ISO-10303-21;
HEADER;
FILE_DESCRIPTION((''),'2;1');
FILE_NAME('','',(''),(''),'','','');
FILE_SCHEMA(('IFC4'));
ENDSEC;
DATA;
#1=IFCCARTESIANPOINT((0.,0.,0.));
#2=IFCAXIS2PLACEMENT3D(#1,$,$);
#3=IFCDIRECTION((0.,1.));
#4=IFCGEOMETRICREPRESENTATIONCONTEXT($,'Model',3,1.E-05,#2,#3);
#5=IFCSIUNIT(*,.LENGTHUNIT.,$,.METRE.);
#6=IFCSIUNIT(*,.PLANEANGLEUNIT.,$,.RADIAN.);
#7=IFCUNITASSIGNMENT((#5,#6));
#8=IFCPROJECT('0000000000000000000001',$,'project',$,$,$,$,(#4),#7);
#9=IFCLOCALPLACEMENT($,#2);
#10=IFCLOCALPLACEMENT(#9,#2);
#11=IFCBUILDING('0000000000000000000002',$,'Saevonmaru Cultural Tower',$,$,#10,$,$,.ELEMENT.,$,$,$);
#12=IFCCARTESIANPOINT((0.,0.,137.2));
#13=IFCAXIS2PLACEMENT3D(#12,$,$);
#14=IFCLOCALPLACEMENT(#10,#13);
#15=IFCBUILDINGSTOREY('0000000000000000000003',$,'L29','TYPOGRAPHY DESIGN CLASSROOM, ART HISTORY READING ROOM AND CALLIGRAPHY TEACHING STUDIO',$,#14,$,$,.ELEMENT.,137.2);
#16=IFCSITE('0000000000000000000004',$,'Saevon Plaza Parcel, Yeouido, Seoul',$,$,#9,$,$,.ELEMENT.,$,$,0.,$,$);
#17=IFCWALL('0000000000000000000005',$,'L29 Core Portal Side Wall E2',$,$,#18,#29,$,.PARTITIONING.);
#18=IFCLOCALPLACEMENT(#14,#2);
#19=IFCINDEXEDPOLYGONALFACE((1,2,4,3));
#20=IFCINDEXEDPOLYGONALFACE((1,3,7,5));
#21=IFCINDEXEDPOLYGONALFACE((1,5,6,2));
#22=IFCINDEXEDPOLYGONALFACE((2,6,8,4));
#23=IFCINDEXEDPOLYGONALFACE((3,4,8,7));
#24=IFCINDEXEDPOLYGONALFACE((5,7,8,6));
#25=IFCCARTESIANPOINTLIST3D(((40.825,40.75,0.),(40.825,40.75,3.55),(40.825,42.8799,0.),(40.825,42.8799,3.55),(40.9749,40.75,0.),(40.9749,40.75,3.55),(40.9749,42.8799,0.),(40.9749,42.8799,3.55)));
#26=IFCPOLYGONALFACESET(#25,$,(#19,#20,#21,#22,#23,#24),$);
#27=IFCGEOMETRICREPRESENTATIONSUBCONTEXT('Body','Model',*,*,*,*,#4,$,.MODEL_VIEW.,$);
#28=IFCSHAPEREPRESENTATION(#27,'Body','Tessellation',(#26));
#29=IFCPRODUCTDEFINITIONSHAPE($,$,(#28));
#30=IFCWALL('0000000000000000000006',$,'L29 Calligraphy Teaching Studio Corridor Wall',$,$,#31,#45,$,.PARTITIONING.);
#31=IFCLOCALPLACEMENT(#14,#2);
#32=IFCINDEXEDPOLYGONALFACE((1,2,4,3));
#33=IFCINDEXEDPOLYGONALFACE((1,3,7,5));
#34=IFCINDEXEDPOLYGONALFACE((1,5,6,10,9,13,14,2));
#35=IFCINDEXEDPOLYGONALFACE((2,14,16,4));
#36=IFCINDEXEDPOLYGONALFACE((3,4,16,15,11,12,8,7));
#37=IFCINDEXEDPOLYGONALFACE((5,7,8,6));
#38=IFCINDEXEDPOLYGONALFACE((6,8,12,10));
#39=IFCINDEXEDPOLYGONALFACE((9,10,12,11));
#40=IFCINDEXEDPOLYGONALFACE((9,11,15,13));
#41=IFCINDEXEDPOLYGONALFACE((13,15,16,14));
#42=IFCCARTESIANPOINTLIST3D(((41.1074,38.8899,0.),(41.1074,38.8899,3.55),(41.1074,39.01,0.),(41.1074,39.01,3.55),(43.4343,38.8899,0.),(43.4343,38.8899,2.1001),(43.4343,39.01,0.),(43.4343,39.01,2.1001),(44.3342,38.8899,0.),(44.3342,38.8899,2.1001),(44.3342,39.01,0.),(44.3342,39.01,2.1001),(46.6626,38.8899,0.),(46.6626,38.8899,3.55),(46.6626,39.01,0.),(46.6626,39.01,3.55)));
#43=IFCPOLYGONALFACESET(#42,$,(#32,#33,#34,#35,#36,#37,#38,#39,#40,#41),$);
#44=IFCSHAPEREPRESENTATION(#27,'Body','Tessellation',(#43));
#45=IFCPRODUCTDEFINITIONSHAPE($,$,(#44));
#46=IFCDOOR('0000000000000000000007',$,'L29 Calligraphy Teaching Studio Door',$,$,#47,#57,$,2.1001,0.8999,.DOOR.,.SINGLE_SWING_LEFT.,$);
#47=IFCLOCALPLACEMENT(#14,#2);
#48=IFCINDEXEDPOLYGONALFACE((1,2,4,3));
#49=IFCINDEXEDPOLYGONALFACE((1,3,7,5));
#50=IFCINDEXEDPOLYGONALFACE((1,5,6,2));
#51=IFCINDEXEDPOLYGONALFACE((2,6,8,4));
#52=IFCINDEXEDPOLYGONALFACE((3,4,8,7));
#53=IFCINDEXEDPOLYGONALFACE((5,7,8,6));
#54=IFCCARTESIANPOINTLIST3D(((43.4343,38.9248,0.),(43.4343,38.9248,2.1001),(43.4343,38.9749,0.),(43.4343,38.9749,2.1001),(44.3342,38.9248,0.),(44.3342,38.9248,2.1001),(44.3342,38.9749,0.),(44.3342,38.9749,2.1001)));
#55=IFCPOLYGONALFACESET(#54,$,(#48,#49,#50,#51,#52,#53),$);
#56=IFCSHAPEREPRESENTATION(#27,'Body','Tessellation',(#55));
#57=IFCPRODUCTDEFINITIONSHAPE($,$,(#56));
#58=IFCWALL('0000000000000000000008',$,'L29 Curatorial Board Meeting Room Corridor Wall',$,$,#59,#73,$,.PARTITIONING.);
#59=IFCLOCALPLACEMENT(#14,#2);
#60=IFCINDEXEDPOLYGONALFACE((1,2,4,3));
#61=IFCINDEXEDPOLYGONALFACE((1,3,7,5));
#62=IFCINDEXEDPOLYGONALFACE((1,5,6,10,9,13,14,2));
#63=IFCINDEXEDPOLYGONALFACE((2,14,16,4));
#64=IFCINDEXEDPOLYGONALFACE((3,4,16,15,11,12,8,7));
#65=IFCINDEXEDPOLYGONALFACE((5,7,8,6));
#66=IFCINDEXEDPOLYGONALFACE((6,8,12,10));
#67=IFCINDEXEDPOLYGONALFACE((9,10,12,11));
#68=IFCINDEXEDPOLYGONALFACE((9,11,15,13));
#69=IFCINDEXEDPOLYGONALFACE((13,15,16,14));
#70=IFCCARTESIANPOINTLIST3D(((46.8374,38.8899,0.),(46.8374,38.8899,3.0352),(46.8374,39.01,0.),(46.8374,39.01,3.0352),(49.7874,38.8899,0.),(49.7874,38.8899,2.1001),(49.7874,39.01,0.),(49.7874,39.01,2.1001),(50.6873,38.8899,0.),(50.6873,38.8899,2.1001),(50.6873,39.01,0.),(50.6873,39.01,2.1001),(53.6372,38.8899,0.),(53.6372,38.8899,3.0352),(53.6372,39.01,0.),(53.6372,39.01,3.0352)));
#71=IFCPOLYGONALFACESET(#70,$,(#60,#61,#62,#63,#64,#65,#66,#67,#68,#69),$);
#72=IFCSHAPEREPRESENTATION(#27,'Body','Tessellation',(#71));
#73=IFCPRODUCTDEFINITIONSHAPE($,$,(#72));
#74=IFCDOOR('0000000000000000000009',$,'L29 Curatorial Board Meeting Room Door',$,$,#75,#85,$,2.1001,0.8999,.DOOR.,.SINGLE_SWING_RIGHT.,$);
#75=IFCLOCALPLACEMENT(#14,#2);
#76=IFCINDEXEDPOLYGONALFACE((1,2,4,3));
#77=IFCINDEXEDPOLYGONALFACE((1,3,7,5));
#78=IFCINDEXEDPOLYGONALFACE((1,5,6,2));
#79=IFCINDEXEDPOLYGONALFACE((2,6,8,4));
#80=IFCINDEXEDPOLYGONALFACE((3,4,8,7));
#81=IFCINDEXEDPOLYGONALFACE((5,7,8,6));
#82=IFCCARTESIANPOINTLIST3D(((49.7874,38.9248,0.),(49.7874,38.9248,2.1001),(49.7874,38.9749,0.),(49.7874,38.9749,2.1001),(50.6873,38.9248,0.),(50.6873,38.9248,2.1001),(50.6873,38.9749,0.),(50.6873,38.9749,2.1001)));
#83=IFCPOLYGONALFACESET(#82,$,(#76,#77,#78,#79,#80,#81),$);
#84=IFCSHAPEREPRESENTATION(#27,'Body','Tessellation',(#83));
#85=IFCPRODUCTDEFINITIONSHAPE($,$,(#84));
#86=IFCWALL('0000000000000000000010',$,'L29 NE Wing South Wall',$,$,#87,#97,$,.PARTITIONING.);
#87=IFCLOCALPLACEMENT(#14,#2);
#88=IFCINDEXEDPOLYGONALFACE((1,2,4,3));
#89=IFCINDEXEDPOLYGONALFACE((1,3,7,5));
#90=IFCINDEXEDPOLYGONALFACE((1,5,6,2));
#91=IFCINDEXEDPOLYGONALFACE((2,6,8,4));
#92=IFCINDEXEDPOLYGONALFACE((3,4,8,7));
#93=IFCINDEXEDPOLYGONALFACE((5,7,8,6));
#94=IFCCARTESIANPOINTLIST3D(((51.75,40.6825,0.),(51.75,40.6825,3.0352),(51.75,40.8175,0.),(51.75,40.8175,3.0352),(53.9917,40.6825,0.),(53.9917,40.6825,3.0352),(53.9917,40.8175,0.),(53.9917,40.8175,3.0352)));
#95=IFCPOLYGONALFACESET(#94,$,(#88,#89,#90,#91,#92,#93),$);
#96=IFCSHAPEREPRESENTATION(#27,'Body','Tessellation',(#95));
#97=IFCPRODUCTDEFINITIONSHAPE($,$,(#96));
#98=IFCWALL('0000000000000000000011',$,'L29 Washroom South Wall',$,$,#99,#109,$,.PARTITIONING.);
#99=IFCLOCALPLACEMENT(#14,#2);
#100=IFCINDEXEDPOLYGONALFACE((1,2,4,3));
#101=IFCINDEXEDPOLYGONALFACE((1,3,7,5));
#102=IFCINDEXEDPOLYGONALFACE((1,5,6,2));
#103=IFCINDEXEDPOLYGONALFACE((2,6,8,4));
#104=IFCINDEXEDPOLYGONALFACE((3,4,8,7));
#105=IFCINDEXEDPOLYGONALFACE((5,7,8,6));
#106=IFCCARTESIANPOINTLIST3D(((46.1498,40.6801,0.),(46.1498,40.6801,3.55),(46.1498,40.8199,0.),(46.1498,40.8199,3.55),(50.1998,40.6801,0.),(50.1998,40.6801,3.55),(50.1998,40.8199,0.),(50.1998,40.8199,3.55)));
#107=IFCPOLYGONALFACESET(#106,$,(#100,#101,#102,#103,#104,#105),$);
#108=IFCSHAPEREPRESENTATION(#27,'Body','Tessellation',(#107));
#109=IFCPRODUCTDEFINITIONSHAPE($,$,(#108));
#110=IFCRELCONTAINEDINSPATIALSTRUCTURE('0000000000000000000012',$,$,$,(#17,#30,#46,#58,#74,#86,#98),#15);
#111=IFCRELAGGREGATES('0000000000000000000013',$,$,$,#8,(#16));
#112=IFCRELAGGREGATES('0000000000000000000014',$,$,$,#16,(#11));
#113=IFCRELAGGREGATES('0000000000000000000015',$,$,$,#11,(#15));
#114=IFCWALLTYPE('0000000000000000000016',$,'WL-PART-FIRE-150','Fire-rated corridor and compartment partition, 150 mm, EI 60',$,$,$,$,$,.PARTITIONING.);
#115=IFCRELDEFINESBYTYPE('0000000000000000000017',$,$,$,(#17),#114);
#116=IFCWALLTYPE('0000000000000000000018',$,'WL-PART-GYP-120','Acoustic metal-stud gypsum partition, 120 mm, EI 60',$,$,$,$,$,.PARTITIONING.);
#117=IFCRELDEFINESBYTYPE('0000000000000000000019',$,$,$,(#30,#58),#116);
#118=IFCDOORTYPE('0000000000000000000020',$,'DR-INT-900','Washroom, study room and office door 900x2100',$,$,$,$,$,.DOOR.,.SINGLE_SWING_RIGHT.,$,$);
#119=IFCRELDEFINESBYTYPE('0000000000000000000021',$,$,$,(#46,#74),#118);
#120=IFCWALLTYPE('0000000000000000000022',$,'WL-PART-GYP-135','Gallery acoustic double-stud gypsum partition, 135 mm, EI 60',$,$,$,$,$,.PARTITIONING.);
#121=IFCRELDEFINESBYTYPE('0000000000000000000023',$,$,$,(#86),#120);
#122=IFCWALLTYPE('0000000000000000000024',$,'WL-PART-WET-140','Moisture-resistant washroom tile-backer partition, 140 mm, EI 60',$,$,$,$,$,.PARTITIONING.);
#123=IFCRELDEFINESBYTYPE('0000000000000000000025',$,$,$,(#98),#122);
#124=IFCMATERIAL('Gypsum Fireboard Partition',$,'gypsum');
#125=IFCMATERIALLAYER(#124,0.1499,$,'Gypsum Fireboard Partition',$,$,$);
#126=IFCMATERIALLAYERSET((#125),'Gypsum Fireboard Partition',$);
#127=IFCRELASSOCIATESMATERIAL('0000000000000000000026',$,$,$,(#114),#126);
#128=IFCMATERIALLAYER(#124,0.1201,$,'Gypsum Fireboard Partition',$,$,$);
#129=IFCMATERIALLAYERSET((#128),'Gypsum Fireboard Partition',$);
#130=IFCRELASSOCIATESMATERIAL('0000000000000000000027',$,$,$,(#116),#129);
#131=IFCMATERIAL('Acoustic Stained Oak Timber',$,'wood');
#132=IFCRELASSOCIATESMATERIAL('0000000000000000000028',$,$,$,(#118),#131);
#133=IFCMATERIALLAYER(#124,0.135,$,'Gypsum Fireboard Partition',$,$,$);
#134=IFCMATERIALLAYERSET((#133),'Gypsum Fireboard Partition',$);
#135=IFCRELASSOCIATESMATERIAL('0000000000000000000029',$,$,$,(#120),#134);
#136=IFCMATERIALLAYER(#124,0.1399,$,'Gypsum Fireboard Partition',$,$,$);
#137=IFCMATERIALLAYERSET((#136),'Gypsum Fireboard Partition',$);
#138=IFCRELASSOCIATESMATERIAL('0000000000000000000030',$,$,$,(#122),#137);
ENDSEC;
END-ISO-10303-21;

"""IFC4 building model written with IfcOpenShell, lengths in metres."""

from ifc_helpers import new_model, si_unit, direction, frame, frame_2d, origin, place, context, subcontext, project, spatial, rectangle, extrude, material, layer, layer_set, type_object, element, fill, save


model = new_model("IFC4")

# Units and contexts
model_context = context("Model", 3, precision=1e-05, world=origin(), true_north=direction((0.0, 1.0)))
body_context = subcontext(model_context, "Body", "Model", "MODEL_VIEW")
ifc_project = project(units=[si_unit("LENGTHUNIT", "METRE"), si_unit("PLANEANGLEUNIT", "RADIAN")], contexts=[model_context])

# Site, building, storey
site_placement = place(None, origin())
site = spatial("IfcSite", under=ifc_project, at=site_placement, Name="Saevon Plaza Parcel, Yeouido, Seoul", CompositionType="ELEMENT", RefElevation=0.0)
building_placement = place(site_placement, origin())
building = spatial("IfcBuilding", under=site, at=building_placement, Name="Saevonmaru Cultural Tower", CompositionType="ELEMENT")
storey_placement = place(building_placement, frame((0.0, 0.0, 137.2)))
storey = spatial("IfcBuildingStorey", under=building, at=storey_placement, Name="L29", Description="TYPOGRAPHY DESIGN CLASSROOM, ART HISTORY READING ROOM AND CALLIGRAPHY TEACHING STUDIO", CompositionType="ELEMENT", Elevation=137.2)

# Wall
ifc_material_1 = material(Name="Gypsum Fireboard Partition", Category="gypsum")
ifc_layer_1 = layer(ifc_material_1, 0.1499, Name="Gypsum Fireboard Partition")
ifc_layer_set_1 = layer_set([ifc_layer_1], Name="Gypsum Fireboard Partition")
wall_type_1 = type_object("IfcWallType", Name="WL-PART-FIRE-150", Description="Fire-rated corridor and compartment partition, 150 mm, EI 60", PredefinedType="PARTITIONING", material=ifc_layer_set_1)
wall_1_placement = place(storey_placement, frame((40.8999, 40.75, 0.0), z_axis=(0.0, 0.0, 1.0), x_axis=(0.0, 1.0, 0.0)))
element("IfcWall", 1, at=wall_1_placement, inside=storey, type_object=wall_type_1, Name="L29 Core Portal Side Wall E2", PredefinedType="PARTITIONING", context=body_context, shape_type="SweptSolid", body=[
    extrude(rectangle(XDim=2.1299, YDim=0.1499, at=frame_2d((1.0649, 0.0))), origin(), (0.0, 0.0, 1.0), 3.55),
])

# Walls, openings, doors
ifc_layer_2 = layer(ifc_material_1, 0.1201, Name="Gypsum Fireboard Partition")
ifc_layer_set_2 = layer_set([ifc_layer_2], Name="Gypsum Fireboard Partition")
wall_type_2 = type_object("IfcWallType", Name="WL-PART-GYP-120", Description="Acoustic metal-stud gypsum partition, 120 mm, EI 60", PredefinedType="PARTITIONING", material=ifc_layer_set_2)
wall_2_placement = place(storey_placement, frame((41.1074, 38.95, 0.0), z_axis=(0.0, 0.0, 1.0), x_axis=(1.0, 0.0, 0.0)))
wall_2 = element("IfcWall", 2, at=wall_2_placement, inside=storey, type_object=wall_type_2, Name="L29 Calligraphy Teaching Studio Corridor Wall", PredefinedType="PARTITIONING", context=body_context, shape_type="SweptSolid", body=[
    extrude(rectangle(XDim=5.5552, YDim=0.1201, at=frame_2d((2.7776, 0.0))), origin(), (0.0, 0.0, 1.0), 3.55),
])
opening_1_placement = place(wall_2_placement, frame((2.3269, 0.0, 0.0)))
opening_1 = element("IfcOpeningElement", 3, at=opening_1_placement, cuts=wall_2, PredefinedType="OPENING", context=body_context, shape_type="SweptSolid", body=[
    extrude(rectangle(XDim=0.8999, YDim=2.1001, at=frame_2d((0.45, 1.05))), frame((0.0, 0.0701, 0.0), z_axis=(0.0, -1.0, 0.0), x_axis=(1.0, 0.0, 0.0)), (0.0, 0.0, 1.0), 0.1401),
])
ifc_material_2 = material(Name="Acoustic Stained Oak Timber", Category="wood")
door_type = type_object("IfcDoorType", Name="DR-INT-900", Description="Washroom, study room and office door 900x2100", OperationType="SINGLE_SWING_RIGHT", PredefinedType="DOOR", material=ifc_material_2)
door_1_placement = place(opening_1_placement, origin())
door_1 = element("IfcDoor", 4, at=door_1_placement, inside=storey, type_object=door_type, Name="L29 Calligraphy Teaching Studio Door", OperationType="SINGLE_SWING_LEFT", OverallHeight=2.1001, OverallWidth=0.8999, PredefinedType="DOOR", context=body_context, shape_type="SweptSolid", body=[
    extrude(rectangle(XDim=0.8999, YDim=2.1001, at=frame_2d((0.45, 1.05))), frame((0.0, 0.0249, 0.0), z_axis=(0.0, -1.0, 0.0), x_axis=(1.0, 0.0, 0.0)), (0.0, 0.0, 1.0), 0.05),
])
fill(opening_1, door_1)
wall_3_placement = place(storey_placement, frame((46.8374, 38.95, 0.0), z_axis=(0.0, 0.0, 1.0), x_axis=(1.0, 0.0, 0.0)))
wall_3 = element("IfcWall", 5, at=wall_3_placement, inside=storey, type_object=wall_type_2, Name="L29 Curatorial Board Meeting Room Corridor Wall", PredefinedType="PARTITIONING", context=body_context, shape_type="SweptSolid", body=[
    extrude(rectangle(XDim=6.7998, YDim=0.1201, at=frame_2d((3.3999, 0.0))), origin(), (0.0, 0.0, 1.0), 3.0352),
])
opening_2_placement = place(wall_3_placement, frame((2.95, 0.0, 0.0)))
opening_2 = element("IfcOpeningElement", 6, at=opening_2_placement, cuts=wall_3, PredefinedType="OPENING", context=body_context, shape_type="SweptSolid", body=[
    extrude(rectangle(XDim=0.8999, YDim=2.1001, at=frame_2d((0.45, 1.05))), frame((0.0, 0.0701, 0.0), z_axis=(0.0, -1.0, 0.0), x_axis=(1.0, 0.0, 0.0)), (0.0, 0.0, 1.0), 0.1401),
])
door_2_placement = place(opening_2_placement, origin())
door_2 = element("IfcDoor", 7, at=door_2_placement, inside=storey, type_object=door_type, Name="L29 Curatorial Board Meeting Room Door", OperationType="SINGLE_SWING_RIGHT", OverallHeight=2.1001, OverallWidth=0.8999, PredefinedType="DOOR", context=body_context, shape_type="SweptSolid", body=[
    extrude(rectangle(XDim=0.8999, YDim=2.1001, at=frame_2d((0.45, 1.05))), frame((0.0, 0.0249, 0.0), z_axis=(0.0, -1.0, 0.0), x_axis=(1.0, 0.0, 0.0)), (0.0, 0.0, 1.0), 0.05),
])
fill(opening_2, door_2)

# Walls
ifc_layer_3 = layer(ifc_material_1, 0.135, Name="Gypsum Fireboard Partition")
ifc_layer_set_3 = layer_set([ifc_layer_3], Name="Gypsum Fireboard Partition")
wall_type_3 = type_object("IfcWallType", Name="WL-PART-GYP-135", Description="Gallery acoustic double-stud gypsum partition, 135 mm, EI 60", PredefinedType="PARTITIONING", material=ifc_layer_set_3)
wall_4_placement = place(storey_placement, frame((51.75, 40.75, 0.0), z_axis=(0.0, 0.0, 1.0), x_axis=(1.0, 0.0, 0.0)))
element("IfcWall", 8, at=wall_4_placement, inside=storey, type_object=wall_type_3, Name="L29 NE Wing South Wall", PredefinedType="PARTITIONING", context=body_context, shape_type="SweptSolid", body=[
    extrude(rectangle(XDim=2.2417, YDim=0.135, at=frame_2d((1.1208, 0.0))), origin(), (0.0, 0.0, 1.0), 3.0352),
])
ifc_layer_4 = layer(ifc_material_1, 0.1399, Name="Gypsum Fireboard Partition")
ifc_layer_set_4 = layer_set([ifc_layer_4], Name="Gypsum Fireboard Partition")
wall_type_4 = type_object("IfcWallType", Name="WL-PART-WET-140", Description="Moisture-resistant washroom tile-backer partition, 140 mm, EI 60", PredefinedType="PARTITIONING", material=ifc_layer_set_4)
wall_5_placement = place(storey_placement, frame((46.1499, 40.75, 0.0), z_axis=(0.0, 0.0, 1.0), x_axis=(1.0, 0.0, 0.0)))
element("IfcWall", 9, at=wall_5_placement, inside=storey, type_object=wall_type_4, Name="L29 Washroom South Wall", PredefinedType="PARTITIONING", context=body_context, shape_type="SweptSolid", body=[
    extrude(rectangle(XDim=4.05, YDim=0.1399, at=frame_2d((2.0249, 0.0))), origin(), (0.0, 0.0, 1.0), 3.55),
])

save(model, "model.ifc")
